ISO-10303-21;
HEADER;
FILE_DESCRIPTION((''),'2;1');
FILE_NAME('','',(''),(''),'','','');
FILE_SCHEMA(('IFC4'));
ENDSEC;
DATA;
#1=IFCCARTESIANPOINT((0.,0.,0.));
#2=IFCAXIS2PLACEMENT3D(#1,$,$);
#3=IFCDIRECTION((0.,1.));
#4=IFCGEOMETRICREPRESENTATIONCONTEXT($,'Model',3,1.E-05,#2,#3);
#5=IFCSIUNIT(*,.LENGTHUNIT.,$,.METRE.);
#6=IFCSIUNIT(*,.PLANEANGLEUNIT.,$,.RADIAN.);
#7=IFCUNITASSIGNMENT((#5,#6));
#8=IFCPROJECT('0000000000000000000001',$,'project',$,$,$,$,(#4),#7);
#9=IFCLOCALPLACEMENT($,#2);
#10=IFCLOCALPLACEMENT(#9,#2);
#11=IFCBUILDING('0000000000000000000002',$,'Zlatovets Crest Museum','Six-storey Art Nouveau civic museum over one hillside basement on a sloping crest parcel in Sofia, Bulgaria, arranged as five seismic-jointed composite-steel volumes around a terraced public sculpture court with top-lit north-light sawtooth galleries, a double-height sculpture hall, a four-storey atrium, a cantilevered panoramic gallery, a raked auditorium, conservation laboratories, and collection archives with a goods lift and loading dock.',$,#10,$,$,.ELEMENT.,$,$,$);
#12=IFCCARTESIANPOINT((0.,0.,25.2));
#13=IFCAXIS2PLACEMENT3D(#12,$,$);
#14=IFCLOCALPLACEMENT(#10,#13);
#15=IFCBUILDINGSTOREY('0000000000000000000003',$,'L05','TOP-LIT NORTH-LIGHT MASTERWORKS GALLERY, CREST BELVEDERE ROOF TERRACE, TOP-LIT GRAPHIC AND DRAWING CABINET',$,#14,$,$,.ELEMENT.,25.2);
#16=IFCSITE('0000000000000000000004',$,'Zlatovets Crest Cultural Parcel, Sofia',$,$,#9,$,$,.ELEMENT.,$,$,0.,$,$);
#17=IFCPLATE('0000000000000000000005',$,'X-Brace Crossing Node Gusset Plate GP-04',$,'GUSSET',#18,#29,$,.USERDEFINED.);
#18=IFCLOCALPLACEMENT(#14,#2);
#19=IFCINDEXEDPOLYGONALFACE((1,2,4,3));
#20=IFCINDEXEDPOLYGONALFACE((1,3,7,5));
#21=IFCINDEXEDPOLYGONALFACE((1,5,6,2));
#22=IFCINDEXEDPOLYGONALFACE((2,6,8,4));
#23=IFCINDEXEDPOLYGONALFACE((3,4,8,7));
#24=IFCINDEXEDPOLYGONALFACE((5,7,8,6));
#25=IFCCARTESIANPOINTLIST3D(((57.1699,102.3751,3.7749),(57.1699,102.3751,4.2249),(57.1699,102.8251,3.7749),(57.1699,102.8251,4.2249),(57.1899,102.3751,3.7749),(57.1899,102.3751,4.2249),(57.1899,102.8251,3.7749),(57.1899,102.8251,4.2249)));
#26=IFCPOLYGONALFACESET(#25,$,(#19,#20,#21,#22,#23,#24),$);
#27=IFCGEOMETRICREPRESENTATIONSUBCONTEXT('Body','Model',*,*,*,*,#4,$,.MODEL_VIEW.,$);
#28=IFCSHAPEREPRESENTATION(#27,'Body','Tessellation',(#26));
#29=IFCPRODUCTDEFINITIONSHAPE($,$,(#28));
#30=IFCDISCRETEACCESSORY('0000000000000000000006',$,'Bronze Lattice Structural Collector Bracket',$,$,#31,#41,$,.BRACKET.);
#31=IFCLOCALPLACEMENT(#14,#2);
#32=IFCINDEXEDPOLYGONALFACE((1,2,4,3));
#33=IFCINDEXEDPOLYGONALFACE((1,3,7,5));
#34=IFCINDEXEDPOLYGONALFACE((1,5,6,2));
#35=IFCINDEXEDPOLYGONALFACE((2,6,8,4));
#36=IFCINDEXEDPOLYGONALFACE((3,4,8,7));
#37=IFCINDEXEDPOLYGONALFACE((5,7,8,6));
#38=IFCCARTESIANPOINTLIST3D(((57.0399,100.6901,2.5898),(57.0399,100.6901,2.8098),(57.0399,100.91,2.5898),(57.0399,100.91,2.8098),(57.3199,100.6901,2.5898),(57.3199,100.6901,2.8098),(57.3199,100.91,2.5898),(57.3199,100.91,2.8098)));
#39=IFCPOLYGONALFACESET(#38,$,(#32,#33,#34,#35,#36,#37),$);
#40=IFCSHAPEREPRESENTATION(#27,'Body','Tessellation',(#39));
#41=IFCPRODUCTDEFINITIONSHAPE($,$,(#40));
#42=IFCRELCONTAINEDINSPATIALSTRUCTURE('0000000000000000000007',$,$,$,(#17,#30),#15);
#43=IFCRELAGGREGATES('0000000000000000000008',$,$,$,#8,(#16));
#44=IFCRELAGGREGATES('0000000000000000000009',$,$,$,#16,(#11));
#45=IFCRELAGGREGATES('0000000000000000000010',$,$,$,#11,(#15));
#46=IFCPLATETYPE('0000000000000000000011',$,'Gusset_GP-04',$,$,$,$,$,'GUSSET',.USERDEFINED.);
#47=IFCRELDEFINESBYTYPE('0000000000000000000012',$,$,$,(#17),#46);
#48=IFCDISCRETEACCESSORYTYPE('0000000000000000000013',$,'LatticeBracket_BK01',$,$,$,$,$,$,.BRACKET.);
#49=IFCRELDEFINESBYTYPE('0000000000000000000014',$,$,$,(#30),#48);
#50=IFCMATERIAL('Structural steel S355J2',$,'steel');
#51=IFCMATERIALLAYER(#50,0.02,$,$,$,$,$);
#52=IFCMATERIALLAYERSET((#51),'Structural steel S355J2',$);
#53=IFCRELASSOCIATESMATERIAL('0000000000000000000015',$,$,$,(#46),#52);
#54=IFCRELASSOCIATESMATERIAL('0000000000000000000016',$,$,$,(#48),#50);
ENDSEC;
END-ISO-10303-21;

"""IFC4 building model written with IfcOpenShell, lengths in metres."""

from ifc_helpers import new_model, si_unit, direction, frame, origin, origin_2d, place, context, subcontext, project, spatial, rectangle, extrude, material, layer, layer_set, type_object, element, save


model = new_model("IFC4")

# Units and contexts
model_context = context("Model", 3, precision=1e-05, world=origin(), true_north=direction((0.0, 1.0)))
body_context = subcontext(model_context, "Body", "Model", "MODEL_VIEW")
ifc_project = project(units=[si_unit("LENGTHUNIT", "METRE"), si_unit("PLANEANGLEUNIT", "RADIAN")], contexts=[model_context])

# Site, building, storey
site_placement = place(None, origin())
site = spatial("IfcSite", under=ifc_project, at=site_placement, Name="Zlatovets Crest Cultural Parcel, Sofia", CompositionType="ELEMENT", RefElevation=0.0)
building_placement = place(site_placement, origin())
building = spatial("IfcBuilding", under=site, at=building_placement, Name="Zlatovets Crest Museum", Description="Six-storey Art Nouveau civic museum over one hillside basement on a sloping crest parcel in Sofia, Bulgaria, arranged as five seismic-jointed composite-steel volumes around a terraced public sculpture court with top-lit north-light sawtooth galleries, a double-height sculpture hall, a four-storey atrium, a cantilevered panoramic gallery, a raked auditorium, conservation laboratories, and collection archives with a goods lift and loading dock.", CompositionType="ELEMENT")
storey_placement = place(building_placement, frame((0.0, 0.0, 25.2)))
storey = spatial("IfcBuildingStorey", under=building, at=storey_placement, Name="L05", Description="TOP-LIT NORTH-LIGHT MASTERWORKS GALLERY, CREST BELVEDERE ROOF TERRACE, TOP-LIT GRAPHIC AND DRAWING CABINET", CompositionType="ELEMENT", Elevation=25.2)

# Shared definitions
ifc_material_1 = material(Name="Structural steel S355J2", Category="steel")

# Plate
ifc_layer_1 = layer(ifc_material_1, 0.02)
ifc_layer_set_1 = layer_set([ifc_layer_1], Name="Structural steel S355J2")
plate_type_1 = type_object("IfcPlateType", Name="Gusset_GP-04", ElementType="GUSSET", PredefinedType="USERDEFINED", material=ifc_layer_set_1)
for number, where, z_axis, x_axis, name in (
    (1, (57.1799, 102.6001, 3.7749), (0.0, 0.0, 1.0), (1.0, 0.0, 0.0), "X-Brace Crossing Node Gusset Plate GP-04"),
):
    element("IfcPlate", number, at=place(storey_placement, frame(where, z_axis=z_axis, x_axis=x_axis)), inside=storey, type_object=plate_type_1, Name=name, ObjectType="GUSSET", PredefinedType="USERDEFINED", context=body_context, shape_type="SweptSolid", body=[
        extrude(rectangle(XDim=0.02, YDim=0.45, at=origin_2d()), origin(), (0.0, 0.0, 1.0), 0.45),
    ])

# Discrete accessory
discrete_accessory_type = type_object("IfcDiscreteAccessoryType", Name="LatticeBracket_BK01", PredefinedType="BRACKET", material=ifc_material_1)
discrete_accessory_placement = place(storey_placement, frame((57.1799, 100.8, 2.5898), z_axis=(0.0, 0.0, 1.0), x_axis=(1.0, 0.0, 0.0)))
element("IfcDiscreteAccessory", 2, at=discrete_accessory_placement, inside=storey, type_object=discrete_accessory_type, Name="Bronze Lattice Structural Collector Bracket", PredefinedType="BRACKET", context=body_context, shape_type="SweptSolid", body=[
    extrude(rectangle(XDim=0.28, YDim=0.22, at=origin_2d()), origin(), (0.0, 0.0, 1.0), 0.22),
])

save(model, "model.ifc")
